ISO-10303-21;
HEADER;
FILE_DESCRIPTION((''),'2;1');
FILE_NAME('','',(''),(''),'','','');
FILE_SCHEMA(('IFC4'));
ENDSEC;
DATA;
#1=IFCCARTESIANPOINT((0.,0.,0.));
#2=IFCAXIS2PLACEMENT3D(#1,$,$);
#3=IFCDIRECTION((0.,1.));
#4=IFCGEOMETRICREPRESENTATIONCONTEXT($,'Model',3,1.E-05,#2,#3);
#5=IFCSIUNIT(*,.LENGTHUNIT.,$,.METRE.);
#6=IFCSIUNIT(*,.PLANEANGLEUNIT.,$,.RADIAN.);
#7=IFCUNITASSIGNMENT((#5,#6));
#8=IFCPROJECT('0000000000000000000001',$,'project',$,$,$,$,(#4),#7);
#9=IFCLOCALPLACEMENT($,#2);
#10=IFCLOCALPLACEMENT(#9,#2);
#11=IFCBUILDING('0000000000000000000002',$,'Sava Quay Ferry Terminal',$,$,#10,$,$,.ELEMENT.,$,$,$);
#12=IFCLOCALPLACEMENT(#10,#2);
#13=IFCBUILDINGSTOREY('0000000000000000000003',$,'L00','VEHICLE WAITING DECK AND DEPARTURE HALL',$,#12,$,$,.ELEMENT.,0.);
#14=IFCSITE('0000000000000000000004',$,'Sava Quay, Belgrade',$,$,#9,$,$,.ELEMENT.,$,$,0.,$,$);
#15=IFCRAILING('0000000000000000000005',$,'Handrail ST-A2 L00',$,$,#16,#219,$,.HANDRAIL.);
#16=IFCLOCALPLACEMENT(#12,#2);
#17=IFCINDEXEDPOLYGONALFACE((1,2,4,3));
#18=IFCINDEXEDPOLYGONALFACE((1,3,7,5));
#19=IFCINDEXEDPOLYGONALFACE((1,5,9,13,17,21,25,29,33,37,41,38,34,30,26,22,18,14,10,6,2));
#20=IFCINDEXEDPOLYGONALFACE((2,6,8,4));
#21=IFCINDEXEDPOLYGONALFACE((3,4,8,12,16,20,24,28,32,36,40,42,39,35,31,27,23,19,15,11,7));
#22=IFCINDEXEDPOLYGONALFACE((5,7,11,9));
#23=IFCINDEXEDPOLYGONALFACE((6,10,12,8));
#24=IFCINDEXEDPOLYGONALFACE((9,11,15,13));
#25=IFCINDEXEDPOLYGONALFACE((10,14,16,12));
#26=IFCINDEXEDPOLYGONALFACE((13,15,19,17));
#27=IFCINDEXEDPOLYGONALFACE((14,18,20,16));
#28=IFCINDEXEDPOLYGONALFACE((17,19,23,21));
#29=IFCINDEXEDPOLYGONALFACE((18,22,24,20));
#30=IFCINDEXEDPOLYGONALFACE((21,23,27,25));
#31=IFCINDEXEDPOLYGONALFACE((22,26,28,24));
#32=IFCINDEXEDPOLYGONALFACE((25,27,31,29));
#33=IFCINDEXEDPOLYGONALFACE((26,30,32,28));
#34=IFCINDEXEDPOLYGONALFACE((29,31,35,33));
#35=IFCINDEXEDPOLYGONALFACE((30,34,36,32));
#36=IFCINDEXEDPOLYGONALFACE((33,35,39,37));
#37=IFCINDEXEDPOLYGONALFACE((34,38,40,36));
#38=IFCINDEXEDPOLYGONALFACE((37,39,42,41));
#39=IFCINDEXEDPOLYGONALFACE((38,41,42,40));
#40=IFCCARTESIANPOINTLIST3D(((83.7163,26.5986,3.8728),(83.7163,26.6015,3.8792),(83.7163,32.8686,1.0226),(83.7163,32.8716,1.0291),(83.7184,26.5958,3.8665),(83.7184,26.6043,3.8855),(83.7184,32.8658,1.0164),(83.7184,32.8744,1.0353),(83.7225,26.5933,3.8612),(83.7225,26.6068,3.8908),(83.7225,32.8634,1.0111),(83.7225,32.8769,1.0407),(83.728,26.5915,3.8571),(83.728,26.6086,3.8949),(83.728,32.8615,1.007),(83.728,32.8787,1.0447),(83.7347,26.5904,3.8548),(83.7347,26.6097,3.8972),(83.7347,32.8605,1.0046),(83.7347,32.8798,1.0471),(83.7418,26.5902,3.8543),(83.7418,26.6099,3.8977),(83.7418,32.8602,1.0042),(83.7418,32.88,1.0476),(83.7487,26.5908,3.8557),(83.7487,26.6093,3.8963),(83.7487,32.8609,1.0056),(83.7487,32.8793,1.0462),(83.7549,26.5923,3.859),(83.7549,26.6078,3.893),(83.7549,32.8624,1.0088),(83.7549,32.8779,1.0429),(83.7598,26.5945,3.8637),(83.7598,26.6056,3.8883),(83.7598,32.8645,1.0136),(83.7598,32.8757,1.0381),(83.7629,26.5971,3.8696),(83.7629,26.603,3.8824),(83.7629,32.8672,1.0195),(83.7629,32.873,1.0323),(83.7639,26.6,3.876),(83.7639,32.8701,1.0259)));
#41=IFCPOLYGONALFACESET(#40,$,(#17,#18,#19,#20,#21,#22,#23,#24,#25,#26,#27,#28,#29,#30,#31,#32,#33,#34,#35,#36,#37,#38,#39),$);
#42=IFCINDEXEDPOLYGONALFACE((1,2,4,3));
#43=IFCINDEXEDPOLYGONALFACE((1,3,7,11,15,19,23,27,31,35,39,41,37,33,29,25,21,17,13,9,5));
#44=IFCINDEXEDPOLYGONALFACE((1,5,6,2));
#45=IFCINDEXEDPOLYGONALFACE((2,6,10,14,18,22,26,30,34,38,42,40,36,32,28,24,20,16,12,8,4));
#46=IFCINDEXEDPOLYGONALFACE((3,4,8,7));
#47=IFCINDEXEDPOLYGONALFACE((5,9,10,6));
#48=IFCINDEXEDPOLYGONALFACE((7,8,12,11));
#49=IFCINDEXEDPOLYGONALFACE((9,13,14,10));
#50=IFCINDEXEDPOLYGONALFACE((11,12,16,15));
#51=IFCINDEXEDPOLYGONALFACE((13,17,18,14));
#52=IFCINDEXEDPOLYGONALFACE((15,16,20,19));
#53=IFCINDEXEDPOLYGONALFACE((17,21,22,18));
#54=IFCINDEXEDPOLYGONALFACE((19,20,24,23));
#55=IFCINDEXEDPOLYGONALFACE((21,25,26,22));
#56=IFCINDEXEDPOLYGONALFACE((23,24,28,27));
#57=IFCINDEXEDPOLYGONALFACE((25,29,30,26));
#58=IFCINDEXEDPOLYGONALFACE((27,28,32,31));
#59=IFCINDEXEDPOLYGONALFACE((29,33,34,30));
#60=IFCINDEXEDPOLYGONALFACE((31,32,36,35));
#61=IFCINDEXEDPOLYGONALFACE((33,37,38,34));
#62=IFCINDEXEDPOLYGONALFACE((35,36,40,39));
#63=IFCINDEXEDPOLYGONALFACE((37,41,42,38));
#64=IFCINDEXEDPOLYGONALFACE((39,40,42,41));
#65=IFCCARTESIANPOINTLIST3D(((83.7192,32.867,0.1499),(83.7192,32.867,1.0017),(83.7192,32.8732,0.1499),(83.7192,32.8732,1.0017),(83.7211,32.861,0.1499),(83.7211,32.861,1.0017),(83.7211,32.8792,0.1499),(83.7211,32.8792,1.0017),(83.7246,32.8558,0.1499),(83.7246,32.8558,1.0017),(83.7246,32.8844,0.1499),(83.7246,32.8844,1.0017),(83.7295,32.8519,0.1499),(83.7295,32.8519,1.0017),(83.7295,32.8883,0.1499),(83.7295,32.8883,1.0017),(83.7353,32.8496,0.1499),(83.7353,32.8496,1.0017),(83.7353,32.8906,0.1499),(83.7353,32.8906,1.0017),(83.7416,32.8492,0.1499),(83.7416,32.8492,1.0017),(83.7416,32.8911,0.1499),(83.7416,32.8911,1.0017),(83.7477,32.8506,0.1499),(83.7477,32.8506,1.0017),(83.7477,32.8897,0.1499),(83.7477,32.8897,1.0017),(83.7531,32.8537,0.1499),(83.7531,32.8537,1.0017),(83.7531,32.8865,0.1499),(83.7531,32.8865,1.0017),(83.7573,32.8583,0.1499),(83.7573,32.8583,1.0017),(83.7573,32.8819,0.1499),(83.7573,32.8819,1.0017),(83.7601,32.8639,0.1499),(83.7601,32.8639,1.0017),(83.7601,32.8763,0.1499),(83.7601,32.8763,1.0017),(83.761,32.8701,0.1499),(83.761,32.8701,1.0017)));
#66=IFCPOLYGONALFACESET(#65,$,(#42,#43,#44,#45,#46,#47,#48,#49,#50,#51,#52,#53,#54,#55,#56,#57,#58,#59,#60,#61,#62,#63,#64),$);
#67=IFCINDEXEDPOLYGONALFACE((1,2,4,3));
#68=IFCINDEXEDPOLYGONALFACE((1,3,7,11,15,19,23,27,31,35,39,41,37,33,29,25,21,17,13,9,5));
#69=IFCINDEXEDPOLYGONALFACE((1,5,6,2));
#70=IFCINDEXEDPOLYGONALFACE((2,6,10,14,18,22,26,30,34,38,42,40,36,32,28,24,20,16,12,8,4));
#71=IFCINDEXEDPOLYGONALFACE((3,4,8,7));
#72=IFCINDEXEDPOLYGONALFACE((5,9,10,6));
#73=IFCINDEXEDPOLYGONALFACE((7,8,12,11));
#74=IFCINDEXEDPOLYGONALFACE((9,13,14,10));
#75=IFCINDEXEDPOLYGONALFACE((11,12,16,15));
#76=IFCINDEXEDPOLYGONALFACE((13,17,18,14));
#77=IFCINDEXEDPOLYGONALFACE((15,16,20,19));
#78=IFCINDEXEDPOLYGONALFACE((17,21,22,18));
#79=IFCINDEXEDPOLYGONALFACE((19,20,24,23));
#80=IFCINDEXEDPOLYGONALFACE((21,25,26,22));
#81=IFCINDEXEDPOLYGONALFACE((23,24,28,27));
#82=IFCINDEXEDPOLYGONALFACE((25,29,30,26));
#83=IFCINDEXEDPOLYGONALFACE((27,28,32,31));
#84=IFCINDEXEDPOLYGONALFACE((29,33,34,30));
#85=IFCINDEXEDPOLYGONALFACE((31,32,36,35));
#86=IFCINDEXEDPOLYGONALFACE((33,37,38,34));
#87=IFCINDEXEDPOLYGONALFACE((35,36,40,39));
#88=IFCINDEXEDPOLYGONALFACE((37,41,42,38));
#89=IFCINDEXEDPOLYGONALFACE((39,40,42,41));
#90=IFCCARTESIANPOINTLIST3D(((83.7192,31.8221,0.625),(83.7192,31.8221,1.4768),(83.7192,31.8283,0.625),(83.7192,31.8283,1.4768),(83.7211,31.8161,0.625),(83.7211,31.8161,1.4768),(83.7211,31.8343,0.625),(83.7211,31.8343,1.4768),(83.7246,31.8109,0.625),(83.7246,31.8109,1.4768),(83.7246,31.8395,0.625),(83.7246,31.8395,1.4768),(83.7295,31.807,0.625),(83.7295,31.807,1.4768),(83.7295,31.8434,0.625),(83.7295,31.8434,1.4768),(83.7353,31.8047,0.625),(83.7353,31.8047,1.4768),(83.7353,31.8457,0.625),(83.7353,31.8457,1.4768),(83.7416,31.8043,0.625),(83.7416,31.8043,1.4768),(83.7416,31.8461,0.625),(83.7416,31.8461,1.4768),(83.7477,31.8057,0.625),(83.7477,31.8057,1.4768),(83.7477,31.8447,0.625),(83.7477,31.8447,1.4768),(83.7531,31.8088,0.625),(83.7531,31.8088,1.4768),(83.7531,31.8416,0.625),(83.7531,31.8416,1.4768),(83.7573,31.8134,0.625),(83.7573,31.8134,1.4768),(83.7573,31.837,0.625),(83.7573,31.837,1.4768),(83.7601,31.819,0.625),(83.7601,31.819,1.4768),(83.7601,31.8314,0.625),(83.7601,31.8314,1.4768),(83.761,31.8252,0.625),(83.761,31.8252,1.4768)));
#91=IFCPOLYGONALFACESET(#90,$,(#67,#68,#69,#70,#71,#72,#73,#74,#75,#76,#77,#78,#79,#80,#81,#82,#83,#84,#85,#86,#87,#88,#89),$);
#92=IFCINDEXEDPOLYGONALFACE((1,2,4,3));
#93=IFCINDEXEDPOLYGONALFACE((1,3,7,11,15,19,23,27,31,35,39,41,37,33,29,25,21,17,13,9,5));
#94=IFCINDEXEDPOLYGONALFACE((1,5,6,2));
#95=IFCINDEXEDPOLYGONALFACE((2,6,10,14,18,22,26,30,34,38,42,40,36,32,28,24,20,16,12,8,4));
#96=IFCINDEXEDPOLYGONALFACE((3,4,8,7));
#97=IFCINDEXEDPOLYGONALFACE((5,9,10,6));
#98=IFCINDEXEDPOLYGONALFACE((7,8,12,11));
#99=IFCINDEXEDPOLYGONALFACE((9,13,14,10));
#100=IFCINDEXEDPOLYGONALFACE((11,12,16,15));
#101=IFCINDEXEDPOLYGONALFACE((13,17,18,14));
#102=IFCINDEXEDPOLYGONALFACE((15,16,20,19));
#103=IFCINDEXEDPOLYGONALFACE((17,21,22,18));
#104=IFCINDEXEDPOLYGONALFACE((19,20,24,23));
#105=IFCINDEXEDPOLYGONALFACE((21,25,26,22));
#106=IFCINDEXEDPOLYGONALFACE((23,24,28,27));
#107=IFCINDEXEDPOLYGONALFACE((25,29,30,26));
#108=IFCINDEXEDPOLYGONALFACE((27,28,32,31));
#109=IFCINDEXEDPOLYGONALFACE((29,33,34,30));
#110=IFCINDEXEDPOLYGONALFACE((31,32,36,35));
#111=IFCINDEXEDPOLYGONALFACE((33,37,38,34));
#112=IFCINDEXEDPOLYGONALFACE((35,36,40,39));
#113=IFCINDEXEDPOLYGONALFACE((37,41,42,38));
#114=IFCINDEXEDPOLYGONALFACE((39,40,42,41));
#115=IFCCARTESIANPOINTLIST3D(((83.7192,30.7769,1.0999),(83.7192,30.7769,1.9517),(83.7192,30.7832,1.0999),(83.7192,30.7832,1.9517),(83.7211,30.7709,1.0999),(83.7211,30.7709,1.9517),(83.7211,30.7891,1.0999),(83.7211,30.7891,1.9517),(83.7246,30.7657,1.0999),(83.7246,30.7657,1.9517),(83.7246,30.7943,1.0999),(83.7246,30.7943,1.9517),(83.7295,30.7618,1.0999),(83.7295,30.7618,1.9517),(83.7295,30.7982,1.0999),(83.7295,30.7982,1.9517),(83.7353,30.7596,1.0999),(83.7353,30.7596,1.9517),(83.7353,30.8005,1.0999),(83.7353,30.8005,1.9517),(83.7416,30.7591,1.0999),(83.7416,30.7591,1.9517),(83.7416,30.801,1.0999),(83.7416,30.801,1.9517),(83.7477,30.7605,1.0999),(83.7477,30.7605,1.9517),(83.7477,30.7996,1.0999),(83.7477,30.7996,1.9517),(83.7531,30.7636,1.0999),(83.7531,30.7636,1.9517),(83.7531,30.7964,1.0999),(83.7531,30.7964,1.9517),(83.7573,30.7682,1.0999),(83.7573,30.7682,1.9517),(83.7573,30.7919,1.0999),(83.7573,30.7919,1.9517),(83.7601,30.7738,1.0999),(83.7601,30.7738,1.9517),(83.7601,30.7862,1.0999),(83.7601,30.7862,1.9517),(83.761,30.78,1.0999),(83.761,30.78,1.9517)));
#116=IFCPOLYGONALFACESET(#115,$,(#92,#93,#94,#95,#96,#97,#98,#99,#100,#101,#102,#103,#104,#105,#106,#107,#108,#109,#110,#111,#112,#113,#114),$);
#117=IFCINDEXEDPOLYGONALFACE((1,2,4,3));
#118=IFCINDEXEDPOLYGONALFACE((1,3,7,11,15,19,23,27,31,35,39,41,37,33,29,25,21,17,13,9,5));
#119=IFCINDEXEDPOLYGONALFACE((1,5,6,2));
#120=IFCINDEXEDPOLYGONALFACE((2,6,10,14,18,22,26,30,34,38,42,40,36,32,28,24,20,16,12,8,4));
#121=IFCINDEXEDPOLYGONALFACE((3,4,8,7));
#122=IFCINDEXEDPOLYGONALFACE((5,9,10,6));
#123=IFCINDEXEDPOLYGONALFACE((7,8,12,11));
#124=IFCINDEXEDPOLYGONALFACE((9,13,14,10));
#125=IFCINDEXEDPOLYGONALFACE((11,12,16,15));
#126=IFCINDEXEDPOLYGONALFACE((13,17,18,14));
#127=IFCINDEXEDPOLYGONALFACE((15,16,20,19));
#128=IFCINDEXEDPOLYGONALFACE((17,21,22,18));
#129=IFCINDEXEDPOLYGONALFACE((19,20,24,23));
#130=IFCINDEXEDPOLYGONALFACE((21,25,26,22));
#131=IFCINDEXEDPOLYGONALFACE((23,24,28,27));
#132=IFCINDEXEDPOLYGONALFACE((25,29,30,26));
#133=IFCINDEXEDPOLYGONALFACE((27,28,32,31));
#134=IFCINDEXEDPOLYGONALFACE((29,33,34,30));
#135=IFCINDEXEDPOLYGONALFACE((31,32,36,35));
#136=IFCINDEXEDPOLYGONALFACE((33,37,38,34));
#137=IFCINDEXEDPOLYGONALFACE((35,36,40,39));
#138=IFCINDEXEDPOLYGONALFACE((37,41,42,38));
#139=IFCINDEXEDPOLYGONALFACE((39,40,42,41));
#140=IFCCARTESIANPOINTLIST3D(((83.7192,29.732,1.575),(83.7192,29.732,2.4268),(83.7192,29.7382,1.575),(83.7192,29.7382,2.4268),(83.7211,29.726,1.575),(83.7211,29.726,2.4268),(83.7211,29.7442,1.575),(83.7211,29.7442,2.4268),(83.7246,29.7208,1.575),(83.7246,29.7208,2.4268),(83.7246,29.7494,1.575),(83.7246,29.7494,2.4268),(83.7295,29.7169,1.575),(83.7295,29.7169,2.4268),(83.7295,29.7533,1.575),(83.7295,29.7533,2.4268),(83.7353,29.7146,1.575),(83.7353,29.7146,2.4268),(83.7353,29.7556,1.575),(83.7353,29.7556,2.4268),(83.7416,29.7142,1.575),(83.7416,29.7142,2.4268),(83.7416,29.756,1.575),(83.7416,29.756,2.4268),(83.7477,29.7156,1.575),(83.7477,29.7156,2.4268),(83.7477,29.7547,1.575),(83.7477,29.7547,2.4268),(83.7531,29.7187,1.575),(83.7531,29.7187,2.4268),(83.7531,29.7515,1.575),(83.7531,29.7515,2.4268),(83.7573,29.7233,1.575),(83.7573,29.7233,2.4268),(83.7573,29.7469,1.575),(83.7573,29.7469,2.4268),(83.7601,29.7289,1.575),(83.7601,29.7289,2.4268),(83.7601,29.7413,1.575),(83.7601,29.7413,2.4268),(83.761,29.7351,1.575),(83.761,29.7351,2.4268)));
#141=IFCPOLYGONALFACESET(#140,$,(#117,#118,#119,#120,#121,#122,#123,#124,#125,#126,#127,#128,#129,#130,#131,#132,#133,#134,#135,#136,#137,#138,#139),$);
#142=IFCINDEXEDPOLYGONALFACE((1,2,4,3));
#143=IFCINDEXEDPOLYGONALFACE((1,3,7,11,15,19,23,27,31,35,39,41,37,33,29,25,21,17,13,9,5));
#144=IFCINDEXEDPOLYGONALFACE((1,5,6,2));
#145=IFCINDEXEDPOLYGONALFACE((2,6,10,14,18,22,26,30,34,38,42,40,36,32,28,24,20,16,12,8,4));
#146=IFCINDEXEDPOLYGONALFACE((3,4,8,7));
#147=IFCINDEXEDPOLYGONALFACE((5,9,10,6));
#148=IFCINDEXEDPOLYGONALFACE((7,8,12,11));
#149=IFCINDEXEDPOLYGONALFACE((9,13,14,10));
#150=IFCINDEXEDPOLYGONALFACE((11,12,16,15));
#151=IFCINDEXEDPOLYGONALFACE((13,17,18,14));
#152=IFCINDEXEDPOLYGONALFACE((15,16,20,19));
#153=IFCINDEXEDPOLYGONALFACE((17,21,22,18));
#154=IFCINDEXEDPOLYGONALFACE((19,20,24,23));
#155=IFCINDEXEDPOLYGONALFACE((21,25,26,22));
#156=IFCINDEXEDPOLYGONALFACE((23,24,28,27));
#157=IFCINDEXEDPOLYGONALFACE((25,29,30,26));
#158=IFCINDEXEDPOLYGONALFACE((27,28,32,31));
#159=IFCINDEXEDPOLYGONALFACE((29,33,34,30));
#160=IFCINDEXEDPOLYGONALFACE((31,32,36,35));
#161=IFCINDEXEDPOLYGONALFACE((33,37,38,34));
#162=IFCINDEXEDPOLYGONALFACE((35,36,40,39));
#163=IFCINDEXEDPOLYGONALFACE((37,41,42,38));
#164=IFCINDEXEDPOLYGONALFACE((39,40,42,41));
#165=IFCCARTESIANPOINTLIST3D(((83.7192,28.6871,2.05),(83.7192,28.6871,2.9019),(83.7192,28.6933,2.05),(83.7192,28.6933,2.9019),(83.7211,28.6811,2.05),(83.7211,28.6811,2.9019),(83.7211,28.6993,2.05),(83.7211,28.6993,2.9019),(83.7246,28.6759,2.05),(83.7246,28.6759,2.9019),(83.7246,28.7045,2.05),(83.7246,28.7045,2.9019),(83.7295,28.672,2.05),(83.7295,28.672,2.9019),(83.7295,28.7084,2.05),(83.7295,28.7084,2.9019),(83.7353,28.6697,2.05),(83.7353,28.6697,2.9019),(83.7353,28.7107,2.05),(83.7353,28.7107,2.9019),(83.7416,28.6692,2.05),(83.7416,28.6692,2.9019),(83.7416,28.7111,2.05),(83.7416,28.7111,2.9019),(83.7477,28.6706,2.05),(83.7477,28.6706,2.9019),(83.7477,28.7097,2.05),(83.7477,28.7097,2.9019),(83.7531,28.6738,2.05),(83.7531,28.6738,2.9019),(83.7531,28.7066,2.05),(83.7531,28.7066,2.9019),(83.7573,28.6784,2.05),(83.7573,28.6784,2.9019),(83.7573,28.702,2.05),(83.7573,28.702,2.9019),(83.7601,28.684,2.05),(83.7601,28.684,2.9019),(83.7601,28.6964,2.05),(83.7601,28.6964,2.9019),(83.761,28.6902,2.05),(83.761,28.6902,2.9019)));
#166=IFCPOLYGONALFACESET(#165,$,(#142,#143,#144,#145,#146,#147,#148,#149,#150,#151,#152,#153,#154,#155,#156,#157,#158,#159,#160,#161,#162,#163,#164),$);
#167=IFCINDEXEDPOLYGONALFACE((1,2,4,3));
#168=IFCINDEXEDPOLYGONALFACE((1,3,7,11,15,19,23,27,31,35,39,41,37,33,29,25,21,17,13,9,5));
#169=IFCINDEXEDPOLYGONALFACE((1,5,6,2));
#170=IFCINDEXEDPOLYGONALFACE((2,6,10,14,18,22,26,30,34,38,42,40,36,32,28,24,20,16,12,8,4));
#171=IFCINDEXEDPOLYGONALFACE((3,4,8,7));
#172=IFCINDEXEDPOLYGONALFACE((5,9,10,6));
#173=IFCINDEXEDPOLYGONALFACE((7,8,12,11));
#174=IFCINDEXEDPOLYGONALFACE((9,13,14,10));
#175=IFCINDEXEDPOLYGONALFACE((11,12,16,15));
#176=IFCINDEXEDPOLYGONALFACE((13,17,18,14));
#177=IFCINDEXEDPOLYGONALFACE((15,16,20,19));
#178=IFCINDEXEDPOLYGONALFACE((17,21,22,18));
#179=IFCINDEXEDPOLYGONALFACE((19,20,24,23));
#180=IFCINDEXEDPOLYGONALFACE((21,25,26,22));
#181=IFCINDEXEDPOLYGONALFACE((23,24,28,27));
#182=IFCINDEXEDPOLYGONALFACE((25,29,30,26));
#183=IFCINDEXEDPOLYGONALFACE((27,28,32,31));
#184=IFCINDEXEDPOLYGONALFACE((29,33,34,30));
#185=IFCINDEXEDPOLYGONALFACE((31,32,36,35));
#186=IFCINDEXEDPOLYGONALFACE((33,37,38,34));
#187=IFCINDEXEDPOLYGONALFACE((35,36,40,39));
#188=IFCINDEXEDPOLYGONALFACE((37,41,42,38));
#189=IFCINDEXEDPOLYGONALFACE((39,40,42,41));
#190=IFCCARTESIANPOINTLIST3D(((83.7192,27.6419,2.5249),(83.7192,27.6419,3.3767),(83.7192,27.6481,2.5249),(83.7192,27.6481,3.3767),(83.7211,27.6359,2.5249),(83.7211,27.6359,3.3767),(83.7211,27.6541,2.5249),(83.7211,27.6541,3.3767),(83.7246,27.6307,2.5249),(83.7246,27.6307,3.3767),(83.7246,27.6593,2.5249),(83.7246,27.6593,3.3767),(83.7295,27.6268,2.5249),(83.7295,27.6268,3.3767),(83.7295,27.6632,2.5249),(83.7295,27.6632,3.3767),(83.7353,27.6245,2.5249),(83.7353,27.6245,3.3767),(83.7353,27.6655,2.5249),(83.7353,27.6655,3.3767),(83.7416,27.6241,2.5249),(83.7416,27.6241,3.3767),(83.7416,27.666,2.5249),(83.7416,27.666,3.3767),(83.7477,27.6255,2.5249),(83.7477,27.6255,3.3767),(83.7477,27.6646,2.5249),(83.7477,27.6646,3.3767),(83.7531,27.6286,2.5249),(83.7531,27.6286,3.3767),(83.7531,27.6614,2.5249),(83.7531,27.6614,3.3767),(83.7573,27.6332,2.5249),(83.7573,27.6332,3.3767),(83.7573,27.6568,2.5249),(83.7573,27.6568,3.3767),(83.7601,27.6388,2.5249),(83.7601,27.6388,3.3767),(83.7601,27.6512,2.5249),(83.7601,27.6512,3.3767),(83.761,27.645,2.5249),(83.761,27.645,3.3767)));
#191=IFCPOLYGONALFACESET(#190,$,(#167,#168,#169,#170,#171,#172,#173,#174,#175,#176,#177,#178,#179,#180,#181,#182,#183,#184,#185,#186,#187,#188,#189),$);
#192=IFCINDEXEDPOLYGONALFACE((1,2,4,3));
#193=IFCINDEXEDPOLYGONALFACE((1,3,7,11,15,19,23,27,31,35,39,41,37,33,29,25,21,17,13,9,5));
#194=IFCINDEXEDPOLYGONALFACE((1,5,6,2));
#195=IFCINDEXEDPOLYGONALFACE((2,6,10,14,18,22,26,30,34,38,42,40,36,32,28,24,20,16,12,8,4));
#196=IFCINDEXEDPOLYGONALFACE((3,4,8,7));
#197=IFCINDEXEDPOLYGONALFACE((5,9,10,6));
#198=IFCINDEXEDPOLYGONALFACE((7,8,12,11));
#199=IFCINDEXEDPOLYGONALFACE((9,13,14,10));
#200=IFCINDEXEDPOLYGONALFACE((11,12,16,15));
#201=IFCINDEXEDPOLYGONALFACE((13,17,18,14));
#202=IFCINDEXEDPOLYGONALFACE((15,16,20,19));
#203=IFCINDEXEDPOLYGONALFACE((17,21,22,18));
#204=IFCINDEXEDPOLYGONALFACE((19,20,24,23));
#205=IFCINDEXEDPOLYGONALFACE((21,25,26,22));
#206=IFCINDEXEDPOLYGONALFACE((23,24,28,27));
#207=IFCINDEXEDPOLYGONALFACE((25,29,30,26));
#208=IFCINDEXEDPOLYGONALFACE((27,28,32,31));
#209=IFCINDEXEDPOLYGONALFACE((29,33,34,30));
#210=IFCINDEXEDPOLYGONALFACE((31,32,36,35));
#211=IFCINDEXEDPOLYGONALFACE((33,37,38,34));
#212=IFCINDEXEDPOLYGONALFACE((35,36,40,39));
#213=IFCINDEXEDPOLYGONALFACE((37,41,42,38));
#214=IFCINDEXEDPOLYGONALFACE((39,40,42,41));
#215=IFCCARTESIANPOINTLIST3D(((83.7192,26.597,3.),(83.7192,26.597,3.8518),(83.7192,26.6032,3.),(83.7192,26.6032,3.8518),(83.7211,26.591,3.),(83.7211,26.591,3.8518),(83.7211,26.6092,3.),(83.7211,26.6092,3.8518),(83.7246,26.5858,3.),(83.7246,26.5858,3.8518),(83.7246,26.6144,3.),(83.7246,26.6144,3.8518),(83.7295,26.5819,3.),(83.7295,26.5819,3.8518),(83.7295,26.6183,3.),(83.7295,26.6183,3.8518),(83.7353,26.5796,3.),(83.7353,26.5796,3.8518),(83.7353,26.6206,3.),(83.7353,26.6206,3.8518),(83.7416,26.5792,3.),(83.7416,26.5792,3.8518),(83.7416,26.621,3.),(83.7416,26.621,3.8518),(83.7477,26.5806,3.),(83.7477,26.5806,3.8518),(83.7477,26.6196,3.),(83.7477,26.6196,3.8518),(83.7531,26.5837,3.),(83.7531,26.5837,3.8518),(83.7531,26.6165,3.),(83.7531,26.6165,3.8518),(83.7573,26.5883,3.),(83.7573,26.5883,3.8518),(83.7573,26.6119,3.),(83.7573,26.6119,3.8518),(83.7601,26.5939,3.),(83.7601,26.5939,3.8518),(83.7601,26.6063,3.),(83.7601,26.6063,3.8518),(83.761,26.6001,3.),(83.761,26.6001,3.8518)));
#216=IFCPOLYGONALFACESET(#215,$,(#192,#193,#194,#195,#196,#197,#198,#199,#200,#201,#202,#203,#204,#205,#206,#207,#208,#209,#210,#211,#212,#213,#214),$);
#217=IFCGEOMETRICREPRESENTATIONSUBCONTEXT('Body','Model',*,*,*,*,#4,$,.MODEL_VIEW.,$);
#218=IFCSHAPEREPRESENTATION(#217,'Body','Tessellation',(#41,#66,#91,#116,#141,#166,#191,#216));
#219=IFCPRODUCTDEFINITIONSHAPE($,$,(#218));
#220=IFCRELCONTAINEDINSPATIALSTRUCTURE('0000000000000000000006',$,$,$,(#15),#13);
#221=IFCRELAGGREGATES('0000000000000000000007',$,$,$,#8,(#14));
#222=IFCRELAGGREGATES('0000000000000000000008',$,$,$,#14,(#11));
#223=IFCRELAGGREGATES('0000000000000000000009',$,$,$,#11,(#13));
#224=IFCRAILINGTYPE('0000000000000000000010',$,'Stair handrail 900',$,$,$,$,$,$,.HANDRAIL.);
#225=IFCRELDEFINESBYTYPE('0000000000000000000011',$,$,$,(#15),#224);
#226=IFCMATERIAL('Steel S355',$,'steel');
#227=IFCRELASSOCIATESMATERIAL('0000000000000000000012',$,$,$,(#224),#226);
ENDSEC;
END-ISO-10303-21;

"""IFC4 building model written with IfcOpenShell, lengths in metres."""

from ifc_helpers import new_model, si_unit, direction, frame, origin, origin_2d, place, context, subcontext, project, spatial, circle, extrude, material, type_object, element, save


model = new_model("IFC4")

# Units and contexts
model_context = context("Model", 3, precision=1e-05, world=origin(), true_north=direction((0.0, 1.0)))
body_context = subcontext(model_context, "Body", "Model", "MODEL_VIEW")
ifc_project = project(units=[si_unit("LENGTHUNIT", "METRE"), si_unit("PLANEANGLEUNIT", "RADIAN")], contexts=[model_context])

# Site, building, storey
site_placement = place(None, origin())
site = spatial("IfcSite", under=ifc_project, at=site_placement, Name="Sava Quay, Belgrade", CompositionType="ELEMENT", RefElevation=0.0)
building_placement = place(site_placement, origin())
building = spatial("IfcBuilding", under=site, at=building_placement, Name="Sava Quay Ferry Terminal", CompositionType="ELEMENT")
storey_placement = place(building_placement, origin())
storey = spatial("IfcBuildingStorey", under=building, at=storey_placement, Name="L00", Description="VEHICLE WAITING DECK AND DEPARTURE HALL", CompositionType="ELEMENT", Elevation=0.0)

# Railing
ifc_material_1 = material(Name="Steel S355", Category="steel")
railing_type_1 = type_object("IfcRailingType", Name="Stair handrail 900", PredefinedType="HANDRAIL", material=ifc_material_1)
railing_1_placement = place(storey_placement, frame((83.74, 32.8701, 0.1499)))
element("IfcRailing", 1, at=railing_1_placement, inside=storey, type_object=railing_type_1, Name="Handrail ST-A2 L00", PredefinedType="HANDRAIL", context=body_context, shape_type="SweptSolid", body=[
    extrude(circle(Radius=0.0239, at=origin_2d()), frame((0.0, 0.0, 0.876), z_axis=(0.0, -0.910362, 0.413814), x_axis=(1.0, 0.0, 0.0)), (0.0, 0.0, 1.0), 6.8875),
    extrude(circle(Radius=0.021, at=origin_2d()), origin(), (0.0, 0.0, 1.0), 0.8518),
    extrude(circle(Radius=0.021, at=origin_2d()), frame((0.0, -1.0449, 0.4751)), (0.0, 0.0, 1.0), 0.8518),
    extrude(circle(Radius=0.021, at=origin_2d()), frame((0.0, -2.0901, 0.95)), (0.0, 0.0, 1.0), 0.8518),
    extrude(circle(Radius=0.021, at=origin_2d()), frame((0.0, -3.135, 1.425)), (0.0, 0.0, 1.0), 0.8518),
    extrude(circle(Radius=0.021, at=origin_2d()), frame((0.0, -4.1799, 1.9001)), (0.0, 0.0, 1.0), 0.8518),
    extrude(circle(Radius=0.021, at=origin_2d()), frame((0.0, -5.2251, 2.375)), (0.0, 0.0, 1.0), 0.8518),
    extrude(circle(Radius=0.021, at=origin_2d()), frame((0.0, -6.27, 2.8501)), (0.0, 0.0, 1.0), 0.8518),
])

save(model, "model.ifc")
